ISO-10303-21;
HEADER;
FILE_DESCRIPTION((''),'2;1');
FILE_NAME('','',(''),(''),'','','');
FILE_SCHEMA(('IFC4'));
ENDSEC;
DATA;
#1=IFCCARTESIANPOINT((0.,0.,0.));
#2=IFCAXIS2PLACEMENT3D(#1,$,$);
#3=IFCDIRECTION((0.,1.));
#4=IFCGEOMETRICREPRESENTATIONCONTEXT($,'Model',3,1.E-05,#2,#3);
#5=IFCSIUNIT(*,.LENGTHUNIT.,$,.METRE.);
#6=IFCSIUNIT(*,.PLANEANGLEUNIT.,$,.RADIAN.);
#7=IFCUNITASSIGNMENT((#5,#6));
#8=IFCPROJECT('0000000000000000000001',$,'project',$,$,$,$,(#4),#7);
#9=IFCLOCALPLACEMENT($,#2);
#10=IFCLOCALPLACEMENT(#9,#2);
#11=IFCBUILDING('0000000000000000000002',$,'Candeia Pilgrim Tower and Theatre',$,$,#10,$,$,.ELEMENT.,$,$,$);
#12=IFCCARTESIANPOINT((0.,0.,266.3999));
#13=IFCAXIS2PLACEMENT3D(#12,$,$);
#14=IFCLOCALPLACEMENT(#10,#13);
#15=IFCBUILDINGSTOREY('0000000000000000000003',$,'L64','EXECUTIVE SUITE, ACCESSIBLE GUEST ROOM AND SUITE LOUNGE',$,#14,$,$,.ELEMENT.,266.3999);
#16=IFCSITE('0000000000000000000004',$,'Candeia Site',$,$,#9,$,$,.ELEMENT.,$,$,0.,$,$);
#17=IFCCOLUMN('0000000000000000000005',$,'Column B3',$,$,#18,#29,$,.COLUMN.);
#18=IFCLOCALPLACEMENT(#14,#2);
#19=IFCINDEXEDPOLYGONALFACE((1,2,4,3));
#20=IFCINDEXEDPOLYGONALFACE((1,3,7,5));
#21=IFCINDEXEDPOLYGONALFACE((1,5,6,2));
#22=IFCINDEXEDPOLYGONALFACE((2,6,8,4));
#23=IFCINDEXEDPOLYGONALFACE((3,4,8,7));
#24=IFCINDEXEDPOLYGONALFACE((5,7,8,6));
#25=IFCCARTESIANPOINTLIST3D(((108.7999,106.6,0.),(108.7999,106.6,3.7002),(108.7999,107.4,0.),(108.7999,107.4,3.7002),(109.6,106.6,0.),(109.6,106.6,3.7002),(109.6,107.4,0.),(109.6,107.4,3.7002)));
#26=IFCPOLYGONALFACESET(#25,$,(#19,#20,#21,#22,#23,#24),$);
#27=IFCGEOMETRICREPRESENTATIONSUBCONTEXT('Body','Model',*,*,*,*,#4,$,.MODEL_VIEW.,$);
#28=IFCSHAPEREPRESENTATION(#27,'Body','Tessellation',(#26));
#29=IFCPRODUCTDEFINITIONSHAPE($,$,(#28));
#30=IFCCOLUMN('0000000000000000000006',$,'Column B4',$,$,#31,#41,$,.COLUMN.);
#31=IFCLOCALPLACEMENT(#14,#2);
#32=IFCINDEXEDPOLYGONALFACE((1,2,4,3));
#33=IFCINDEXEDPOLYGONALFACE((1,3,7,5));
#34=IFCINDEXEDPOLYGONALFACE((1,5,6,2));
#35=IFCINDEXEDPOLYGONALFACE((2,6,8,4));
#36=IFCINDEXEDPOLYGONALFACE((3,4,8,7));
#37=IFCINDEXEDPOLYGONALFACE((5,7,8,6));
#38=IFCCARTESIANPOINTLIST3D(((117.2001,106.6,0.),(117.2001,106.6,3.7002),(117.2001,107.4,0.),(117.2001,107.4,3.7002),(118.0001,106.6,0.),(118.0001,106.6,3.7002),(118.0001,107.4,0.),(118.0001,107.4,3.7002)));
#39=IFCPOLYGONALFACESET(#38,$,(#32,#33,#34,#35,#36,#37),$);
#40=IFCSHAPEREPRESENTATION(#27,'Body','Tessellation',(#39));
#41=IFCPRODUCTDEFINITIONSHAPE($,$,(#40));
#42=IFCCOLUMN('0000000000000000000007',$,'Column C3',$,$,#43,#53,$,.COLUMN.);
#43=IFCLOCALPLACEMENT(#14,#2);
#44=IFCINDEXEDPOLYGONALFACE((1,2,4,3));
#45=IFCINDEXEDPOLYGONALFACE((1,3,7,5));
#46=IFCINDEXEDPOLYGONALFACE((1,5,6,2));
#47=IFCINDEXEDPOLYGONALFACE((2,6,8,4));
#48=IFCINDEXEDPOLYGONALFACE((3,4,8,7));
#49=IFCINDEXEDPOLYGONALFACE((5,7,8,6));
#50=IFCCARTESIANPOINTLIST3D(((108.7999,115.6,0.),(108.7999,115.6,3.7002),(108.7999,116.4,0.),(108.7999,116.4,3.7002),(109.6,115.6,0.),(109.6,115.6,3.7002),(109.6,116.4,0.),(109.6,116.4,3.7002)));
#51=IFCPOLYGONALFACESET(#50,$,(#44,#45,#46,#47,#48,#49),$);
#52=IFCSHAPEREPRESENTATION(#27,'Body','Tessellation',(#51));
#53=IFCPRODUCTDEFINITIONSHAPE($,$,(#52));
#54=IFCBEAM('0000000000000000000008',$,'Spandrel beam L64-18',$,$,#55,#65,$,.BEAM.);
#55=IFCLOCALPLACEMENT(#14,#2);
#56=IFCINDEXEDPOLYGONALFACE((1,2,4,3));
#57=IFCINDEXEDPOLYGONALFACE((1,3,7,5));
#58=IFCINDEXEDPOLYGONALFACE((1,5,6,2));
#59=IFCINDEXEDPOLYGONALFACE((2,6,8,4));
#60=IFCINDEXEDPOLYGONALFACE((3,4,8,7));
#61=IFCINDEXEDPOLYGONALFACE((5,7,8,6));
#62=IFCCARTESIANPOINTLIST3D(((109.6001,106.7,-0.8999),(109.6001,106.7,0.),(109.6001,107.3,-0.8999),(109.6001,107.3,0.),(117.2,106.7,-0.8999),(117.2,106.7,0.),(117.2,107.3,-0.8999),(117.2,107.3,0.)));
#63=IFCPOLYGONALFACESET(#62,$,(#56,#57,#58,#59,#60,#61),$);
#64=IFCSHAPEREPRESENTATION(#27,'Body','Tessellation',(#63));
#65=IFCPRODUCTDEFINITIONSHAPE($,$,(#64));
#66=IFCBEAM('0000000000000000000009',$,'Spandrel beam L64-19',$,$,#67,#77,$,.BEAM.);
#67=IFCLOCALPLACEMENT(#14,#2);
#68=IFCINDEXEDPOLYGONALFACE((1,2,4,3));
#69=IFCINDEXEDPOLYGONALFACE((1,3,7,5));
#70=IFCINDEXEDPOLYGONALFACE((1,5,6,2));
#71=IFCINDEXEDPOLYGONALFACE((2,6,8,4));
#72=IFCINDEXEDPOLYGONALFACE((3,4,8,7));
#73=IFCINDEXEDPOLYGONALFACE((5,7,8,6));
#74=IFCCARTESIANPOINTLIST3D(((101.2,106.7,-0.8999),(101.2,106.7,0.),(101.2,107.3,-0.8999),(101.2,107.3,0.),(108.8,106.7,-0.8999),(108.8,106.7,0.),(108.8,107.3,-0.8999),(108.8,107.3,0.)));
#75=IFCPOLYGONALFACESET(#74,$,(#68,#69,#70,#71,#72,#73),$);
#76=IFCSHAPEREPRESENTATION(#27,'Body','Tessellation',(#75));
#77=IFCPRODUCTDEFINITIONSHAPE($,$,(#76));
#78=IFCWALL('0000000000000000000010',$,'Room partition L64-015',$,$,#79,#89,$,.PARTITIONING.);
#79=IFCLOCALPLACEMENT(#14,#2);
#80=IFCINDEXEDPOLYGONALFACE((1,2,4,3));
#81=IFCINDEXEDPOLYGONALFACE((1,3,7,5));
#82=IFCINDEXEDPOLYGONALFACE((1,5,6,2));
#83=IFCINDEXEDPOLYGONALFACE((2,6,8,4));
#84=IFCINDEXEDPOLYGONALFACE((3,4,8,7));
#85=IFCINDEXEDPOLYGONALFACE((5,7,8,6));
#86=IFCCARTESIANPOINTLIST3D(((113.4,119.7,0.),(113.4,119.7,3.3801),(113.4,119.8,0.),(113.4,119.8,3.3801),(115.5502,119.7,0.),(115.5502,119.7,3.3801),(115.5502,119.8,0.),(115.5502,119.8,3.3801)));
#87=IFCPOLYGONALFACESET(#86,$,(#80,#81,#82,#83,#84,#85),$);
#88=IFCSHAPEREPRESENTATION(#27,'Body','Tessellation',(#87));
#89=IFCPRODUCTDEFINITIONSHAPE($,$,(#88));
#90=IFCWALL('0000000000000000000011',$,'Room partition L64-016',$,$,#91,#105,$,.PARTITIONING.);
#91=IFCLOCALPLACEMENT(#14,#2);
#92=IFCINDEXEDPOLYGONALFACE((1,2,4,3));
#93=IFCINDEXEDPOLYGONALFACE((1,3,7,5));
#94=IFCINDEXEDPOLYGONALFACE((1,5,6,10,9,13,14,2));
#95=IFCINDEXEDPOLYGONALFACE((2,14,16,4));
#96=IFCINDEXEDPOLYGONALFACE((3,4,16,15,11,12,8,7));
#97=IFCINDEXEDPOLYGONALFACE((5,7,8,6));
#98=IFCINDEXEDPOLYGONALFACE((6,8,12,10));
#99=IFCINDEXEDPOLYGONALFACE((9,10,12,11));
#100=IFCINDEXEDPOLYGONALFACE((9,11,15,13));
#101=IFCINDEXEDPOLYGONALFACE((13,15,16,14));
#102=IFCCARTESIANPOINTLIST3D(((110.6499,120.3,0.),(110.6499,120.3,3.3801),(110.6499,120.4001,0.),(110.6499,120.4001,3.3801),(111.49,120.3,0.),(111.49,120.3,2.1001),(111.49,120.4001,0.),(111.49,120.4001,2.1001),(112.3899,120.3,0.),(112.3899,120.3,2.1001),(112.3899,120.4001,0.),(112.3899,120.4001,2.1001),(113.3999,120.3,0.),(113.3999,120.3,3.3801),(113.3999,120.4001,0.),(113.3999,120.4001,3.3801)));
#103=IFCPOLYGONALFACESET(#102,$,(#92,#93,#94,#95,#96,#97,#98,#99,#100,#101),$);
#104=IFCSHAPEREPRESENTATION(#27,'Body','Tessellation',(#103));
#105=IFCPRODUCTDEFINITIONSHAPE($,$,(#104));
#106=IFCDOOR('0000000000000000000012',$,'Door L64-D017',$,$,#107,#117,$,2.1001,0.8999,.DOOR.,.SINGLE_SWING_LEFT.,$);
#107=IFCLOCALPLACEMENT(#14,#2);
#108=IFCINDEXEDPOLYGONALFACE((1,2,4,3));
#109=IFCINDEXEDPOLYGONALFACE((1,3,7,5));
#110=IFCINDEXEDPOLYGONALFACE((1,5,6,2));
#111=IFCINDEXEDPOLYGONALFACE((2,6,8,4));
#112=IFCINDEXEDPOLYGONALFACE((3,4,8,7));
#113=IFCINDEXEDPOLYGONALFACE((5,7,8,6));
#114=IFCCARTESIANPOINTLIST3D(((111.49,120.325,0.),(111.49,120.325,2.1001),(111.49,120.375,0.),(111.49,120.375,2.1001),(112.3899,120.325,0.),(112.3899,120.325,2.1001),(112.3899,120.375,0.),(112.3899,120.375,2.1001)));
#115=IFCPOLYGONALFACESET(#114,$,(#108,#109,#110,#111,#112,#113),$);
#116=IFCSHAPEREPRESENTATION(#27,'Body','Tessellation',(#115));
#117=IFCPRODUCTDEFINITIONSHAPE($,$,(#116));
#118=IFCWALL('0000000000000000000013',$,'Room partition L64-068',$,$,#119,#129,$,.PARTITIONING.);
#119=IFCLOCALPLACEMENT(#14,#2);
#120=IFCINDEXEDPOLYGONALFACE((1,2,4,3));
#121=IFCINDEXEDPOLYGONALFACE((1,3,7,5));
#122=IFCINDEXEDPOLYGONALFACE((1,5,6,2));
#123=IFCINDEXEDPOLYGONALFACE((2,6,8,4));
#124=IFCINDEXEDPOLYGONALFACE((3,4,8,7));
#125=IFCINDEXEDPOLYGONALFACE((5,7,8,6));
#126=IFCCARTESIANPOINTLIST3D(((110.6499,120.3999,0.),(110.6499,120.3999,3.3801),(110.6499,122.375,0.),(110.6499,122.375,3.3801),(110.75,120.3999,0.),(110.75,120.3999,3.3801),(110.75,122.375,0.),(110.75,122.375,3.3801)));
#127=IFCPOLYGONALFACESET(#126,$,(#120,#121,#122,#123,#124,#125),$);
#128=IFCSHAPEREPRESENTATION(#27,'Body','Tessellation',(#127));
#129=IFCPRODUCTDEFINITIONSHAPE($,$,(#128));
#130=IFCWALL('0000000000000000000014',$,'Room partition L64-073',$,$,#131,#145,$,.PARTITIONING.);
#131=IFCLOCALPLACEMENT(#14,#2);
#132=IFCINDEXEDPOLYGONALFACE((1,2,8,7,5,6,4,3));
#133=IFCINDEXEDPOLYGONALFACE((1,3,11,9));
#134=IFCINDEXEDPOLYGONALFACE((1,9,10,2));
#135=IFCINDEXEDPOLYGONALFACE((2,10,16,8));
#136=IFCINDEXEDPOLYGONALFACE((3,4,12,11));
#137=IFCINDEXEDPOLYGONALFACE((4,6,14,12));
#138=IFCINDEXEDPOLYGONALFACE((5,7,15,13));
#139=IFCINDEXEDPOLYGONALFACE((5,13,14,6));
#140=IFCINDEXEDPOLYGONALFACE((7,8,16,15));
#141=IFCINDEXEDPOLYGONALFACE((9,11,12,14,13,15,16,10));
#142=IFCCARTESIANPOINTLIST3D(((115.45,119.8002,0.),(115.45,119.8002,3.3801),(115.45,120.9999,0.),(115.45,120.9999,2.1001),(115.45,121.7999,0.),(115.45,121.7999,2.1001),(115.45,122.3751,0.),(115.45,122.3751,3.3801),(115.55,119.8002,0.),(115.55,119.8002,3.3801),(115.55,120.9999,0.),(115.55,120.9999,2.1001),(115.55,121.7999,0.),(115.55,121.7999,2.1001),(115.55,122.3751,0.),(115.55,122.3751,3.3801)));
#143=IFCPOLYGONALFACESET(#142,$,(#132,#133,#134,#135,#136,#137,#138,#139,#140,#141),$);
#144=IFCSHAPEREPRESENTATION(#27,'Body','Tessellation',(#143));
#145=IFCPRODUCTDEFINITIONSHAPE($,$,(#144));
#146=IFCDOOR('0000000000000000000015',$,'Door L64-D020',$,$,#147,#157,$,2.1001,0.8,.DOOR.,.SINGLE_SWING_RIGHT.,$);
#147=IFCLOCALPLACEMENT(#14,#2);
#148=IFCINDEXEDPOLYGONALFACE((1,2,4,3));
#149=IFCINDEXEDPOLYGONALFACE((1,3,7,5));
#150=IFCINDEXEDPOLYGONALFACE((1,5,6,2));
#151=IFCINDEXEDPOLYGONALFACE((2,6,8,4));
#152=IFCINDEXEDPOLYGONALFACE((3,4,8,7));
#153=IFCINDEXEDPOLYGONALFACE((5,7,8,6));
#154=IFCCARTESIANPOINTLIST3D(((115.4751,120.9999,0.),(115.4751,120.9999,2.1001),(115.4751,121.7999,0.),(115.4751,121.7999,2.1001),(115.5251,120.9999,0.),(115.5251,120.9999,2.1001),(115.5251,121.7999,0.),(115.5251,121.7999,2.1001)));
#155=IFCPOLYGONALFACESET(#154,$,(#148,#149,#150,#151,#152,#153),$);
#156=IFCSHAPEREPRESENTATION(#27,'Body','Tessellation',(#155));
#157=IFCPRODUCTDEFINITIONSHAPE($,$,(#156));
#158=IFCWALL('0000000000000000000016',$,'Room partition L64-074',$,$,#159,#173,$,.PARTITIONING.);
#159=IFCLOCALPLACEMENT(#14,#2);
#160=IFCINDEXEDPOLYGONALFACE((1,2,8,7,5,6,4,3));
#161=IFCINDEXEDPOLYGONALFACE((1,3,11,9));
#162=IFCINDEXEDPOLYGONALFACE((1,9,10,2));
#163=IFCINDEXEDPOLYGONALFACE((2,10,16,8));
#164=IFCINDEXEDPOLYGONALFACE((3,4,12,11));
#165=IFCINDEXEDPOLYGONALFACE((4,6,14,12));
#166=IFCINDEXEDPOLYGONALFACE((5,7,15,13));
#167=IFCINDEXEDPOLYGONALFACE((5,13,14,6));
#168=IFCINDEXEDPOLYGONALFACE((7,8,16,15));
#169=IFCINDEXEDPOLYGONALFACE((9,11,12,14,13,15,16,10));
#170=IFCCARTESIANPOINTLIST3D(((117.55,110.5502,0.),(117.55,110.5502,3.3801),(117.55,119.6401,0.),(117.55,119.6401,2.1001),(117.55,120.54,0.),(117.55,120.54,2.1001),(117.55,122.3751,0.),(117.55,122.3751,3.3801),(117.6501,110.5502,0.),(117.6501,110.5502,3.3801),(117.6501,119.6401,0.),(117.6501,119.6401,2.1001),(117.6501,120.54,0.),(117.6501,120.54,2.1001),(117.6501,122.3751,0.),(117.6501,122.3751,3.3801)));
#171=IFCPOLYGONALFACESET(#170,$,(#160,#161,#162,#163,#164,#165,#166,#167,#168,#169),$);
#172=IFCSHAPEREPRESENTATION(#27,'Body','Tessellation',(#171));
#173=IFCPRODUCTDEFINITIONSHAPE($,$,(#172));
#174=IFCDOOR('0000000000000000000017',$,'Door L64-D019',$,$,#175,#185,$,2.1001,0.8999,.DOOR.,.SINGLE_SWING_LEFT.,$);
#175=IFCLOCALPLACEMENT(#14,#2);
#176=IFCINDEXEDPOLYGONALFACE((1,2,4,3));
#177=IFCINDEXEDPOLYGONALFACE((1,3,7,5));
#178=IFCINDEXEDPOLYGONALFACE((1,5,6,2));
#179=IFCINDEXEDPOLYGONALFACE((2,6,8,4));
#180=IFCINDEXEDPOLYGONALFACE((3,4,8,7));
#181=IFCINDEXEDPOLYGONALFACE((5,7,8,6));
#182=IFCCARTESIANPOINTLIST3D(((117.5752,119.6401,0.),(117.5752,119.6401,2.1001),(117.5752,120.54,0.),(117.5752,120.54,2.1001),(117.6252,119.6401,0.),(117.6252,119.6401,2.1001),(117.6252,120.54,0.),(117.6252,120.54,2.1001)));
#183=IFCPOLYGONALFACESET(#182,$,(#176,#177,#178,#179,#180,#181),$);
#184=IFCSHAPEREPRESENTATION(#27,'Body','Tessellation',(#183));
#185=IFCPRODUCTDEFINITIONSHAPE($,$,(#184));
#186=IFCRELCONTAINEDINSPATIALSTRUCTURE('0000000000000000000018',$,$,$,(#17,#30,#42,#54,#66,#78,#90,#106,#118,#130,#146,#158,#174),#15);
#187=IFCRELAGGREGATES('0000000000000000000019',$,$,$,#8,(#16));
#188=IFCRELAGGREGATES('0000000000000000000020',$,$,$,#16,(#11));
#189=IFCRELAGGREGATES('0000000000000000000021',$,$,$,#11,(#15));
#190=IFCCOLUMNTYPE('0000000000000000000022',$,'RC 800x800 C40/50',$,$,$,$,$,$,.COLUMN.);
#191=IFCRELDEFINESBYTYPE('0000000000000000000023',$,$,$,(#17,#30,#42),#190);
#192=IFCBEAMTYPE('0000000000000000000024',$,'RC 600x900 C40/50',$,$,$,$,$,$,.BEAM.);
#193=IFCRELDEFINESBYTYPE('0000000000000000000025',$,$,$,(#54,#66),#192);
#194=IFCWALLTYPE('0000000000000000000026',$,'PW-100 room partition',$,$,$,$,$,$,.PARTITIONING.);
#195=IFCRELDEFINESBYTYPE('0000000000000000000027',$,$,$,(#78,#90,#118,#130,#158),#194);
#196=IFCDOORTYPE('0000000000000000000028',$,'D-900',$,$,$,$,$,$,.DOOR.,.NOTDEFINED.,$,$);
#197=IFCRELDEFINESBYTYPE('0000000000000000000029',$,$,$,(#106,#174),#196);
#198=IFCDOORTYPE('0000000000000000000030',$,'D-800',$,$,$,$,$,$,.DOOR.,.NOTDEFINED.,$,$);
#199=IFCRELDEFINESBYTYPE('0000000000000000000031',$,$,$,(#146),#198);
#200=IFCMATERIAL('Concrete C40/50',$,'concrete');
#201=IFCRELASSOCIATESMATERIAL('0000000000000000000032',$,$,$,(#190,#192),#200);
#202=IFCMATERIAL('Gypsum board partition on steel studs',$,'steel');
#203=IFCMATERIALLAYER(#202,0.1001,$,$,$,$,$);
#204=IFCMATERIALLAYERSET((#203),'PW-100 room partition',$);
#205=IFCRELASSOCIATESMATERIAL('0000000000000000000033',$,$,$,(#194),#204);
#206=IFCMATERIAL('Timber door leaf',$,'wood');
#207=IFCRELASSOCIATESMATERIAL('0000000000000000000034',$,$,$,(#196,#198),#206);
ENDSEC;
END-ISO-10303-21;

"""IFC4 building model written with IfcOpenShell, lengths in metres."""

from ifc_helpers import new_model, si_unit, direction, frame, frame_2d, origin, origin_2d, place, context, subcontext, project, spatial, rectangle, extrude, material, layer, layer_set, material_profile, profile_set, type_object, element, fill, save


model = new_model("IFC4")

# Units and contexts
model_context = context("Model", 3, precision=1e-05, world=origin(), true_north=direction((0.0, 1.0)))
body_context = subcontext(model_context, "Body", "Model", "MODEL_VIEW")
ifc_project = project(units=[si_unit("LENGTHUNIT", "METRE"), si_unit("PLANEANGLEUNIT", "RADIAN")], contexts=[model_context])

# Site, building, storey
site_placement = place(None, origin())
site = spatial("IfcSite", under=ifc_project, at=site_placement, Name="Candeia Site", CompositionType="ELEMENT", RefElevation=0.0)
building_placement = place(site_placement, origin())
building = spatial("IfcBuilding", under=site, at=building_placement, Name="Candeia Pilgrim Tower and Theatre", CompositionType="ELEMENT")
storey_placement = place(building_placement, frame((0.0, 0.0, 266.3999)))
storey = spatial("IfcBuildingStorey", under=building, at=storey_placement, Name="L64", Description="EXECUTIVE SUITE, ACCESSIBLE GUEST ROOM AND SUITE LOUNGE", CompositionType="ELEMENT", Elevation=266.3999)

# Columns
ifc_material_1 = material(Name="Concrete C40/50", Category="concrete")
ifc_material_profile_1 = material_profile(ifc_material_1, rectangle(XDim=0.8, YDim=0.8, at=origin_2d()))
ifc_profile_set_1 = profile_set([ifc_material_profile_1], Name="Concrete C40/50")
column_type = type_object("IfcColumnType", Name="RC 800x800 C40/50", PredefinedType="COLUMN", material=ifc_profile_set_1)
for number, where, z_axis, x_axis, name in (
    (1, (109.2, 107.0, 0.0), (0.0, 0.0, 1.0), (1.0, 0.0, 0.0), "Column B3"),
    (2, (117.6001, 107.0, 0.0), (0.0, 0.0, 1.0), (1.0, 0.0, 0.0), "Column B4"),
    (3, (109.2, 116.0, 0.0), (0.0, 0.0, 1.0), (1.0, 0.0, 0.0), "Column C3"),
):
    element("IfcColumn", number, at=place(storey_placement, frame(where, z_axis=z_axis, x_axis=x_axis)), inside=storey, type_object=column_type, Name=name, PredefinedType="COLUMN", context=body_context, shape_type="SweptSolid", body=[
        extrude(rectangle(XDim=0.8, YDim=0.8, at=origin_2d()), origin(), (0.0, 0.0, 1.0), 3.7002),
    ])

# Beams
ifc_material_profile_2 = material_profile(ifc_material_1, rectangle(XDim=0.6001, YDim=0.8999, at=origin_2d()))
ifc_profile_set_2 = profile_set([ifc_material_profile_2], Name="Concrete C40/50")
beam_type = type_object("IfcBeamType", Name="RC 600x900 C40/50", PredefinedType="BEAM", material=ifc_profile_set_2)
beam_1_placement = place(storey_placement, frame((117.2, 107.0, -0.45), z_axis=(-1.0, 0.0, 0.0), x_axis=(0.0, -1.0, 0.0)))
element("IfcBeam", 4, at=beam_1_placement, inside=storey, type_object=beam_type, Name="Spandrel beam L64-18", PredefinedType="BEAM", context=body_context, shape_type="SweptSolid", body=[
    extrude(rectangle(XDim=0.6001, YDim=0.8999, at=origin_2d()), origin(), (0.0, 0.0, 1.0), 7.5999),
])
beam_2_placement = place(storey_placement, frame((108.8, 107.0, -0.45), z_axis=(-1.0, 0.0, 0.0), x_axis=(0.0, -1.0, 0.0)))
element("IfcBeam", 5, at=beam_2_placement, inside=storey, type_object=beam_type, Name="Spandrel beam L64-19", PredefinedType="BEAM", context=body_context, shape_type="SweptSolid", body=[
    extrude(rectangle(XDim=0.6001, YDim=0.8999, at=origin_2d()), origin(), (0.0, 0.0, 1.0), 7.6001),
])

# Wall
ifc_material_2 = material(Name="Gypsum board partition on steel studs", Category="steel")
ifc_layer_1 = layer(ifc_material_2, 0.1001)
ifc_layer_set_1 = layer_set([ifc_layer_1], Name="PW-100 room partition")
wall_type_1 = type_object("IfcWallType", Name="PW-100 room partition", PredefinedType="PARTITIONING", material=ifc_layer_set_1)
wall_1_placement = place(storey_placement, frame((113.3999, 119.75, 0.0), z_axis=(0.0, 0.0, 1.0), x_axis=(1.0, 0.0, 0.0)))
element("IfcWall", 6, at=wall_1_placement, inside=storey, type_object=wall_type_1, Name="Room partition L64-015", PredefinedType="PARTITIONING", context=body_context, shape_type="SweptSolid", body=[
    extrude(rectangle(XDim=2.1501, YDim=0.1001, at=frame_2d((1.0752, 0.0))), origin(), (0.0, 0.0, 1.0), 3.3801),
])

# Wall, opening, door
wall_2_placement = place(storey_placement, frame((110.6499, 120.3501, 0.0), z_axis=(0.0, 0.0, 1.0), x_axis=(1.0, 0.0, 0.0)))
wall_2 = element("IfcWall", 7, at=wall_2_placement, inside=storey, type_object=wall_type_1, Name="Room partition L64-016", PredefinedType="PARTITIONING", context=body_context, shape_type="SweptSolid", body=[
    extrude(rectangle(XDim=2.75, YDim=0.1001, at=frame_2d((1.375, 0.0))), origin(), (0.0, 0.0, 1.0), 3.3801),
])
opening_1_placement = place(wall_2_placement, frame((0.8401, 0.0, 0.0)))
opening_1 = element("IfcOpeningElement", 8, at=opening_1_placement, cuts=wall_2, PredefinedType="OPENING", context=body_context, shape_type="SweptSolid", body=[
    extrude(rectangle(XDim=0.8999, YDim=2.1001, at=frame_2d((0.45, 1.05))), frame((0.0, 0.0601, 0.0), z_axis=(0.0, -1.0, 0.0), x_axis=(1.0, 0.0, 0.0)), (0.0, 0.0, 1.0), 0.1201),
])
ifc_material_3 = material(Name="Timber door leaf", Category="wood")
door_type_1 = type_object("IfcDoorType", Name="D-900", OperationType="NOTDEFINED", PredefinedType="DOOR", material=ifc_material_3)
door_1_placement = place(opening_1_placement, origin())
door_1 = element("IfcDoor", 9, at=door_1_placement, inside=storey, type_object=door_type_1, Name="Door L64-D017", OperationType="SINGLE_SWING_LEFT", OverallHeight=2.1001, OverallWidth=0.8999, PredefinedType="DOOR", context=body_context, shape_type="SweptSolid", body=[
    extrude(rectangle(XDim=0.8999, YDim=2.1001, at=frame_2d((0.45, 1.05))), frame((0.0, 0.0249, 0.0), z_axis=(0.0, -1.0, 0.0), x_axis=(1.0, 0.0, 0.0)), (0.0, 0.0, 1.0), 0.05),
])
fill(opening_1, door_1)

# Wall
wall_3_placement = place(storey_placement, frame((110.7, 120.3999, 0.0), z_axis=(0.0, 0.0, 1.0), x_axis=(0.0, 1.0, 0.0)))
element("IfcWall", 10, at=wall_3_placement, inside=storey, type_object=wall_type_1, Name="Room partition L64-068", PredefinedType="PARTITIONING", context=body_context, shape_type="SweptSolid", body=[
    extrude(rectangle(XDim=1.9751, YDim=0.1001, at=frame_2d((0.9875, 0.0))), origin(), (0.0, 0.0, 1.0), 3.3801),
])

# Walls, openings, doors
wall_4_placement = place(storey_placement, frame((115.5, 119.8, 0.0), z_axis=(0.0, 0.0, 1.0), x_axis=(0.0, 1.0, 0.0)))
wall_4 = element("IfcWall", 11, at=wall_4_placement, inside=storey, type_object=wall_type_1, Name="Room partition L64-073", PredefinedType="PARTITIONING", context=body_context, shape_type="SweptSolid", body=[
    extrude(rectangle(XDim=2.575, YDim=0.1001, at=frame_2d((1.2876, 0.0))), origin(), (0.0, 0.0, 1.0), 3.3801),
])
opening_2_placement = place(wall_4_placement, frame((1.2, 0.0, 0.0)))
opening_2 = element("IfcOpeningElement", 12, at=opening_2_placement, cuts=wall_4, PredefinedType="OPENING", context=body_context, shape_type="SweptSolid", body=[
    extrude(rectangle(XDim=0.8, YDim=2.1001, at=frame_2d((0.3999, 1.05))), frame((0.0, 0.0601, 0.0), z_axis=(0.0, -1.0, 0.0), x_axis=(1.0, 0.0, 0.0)), (0.0, 0.0, 1.0), 0.1201),
])
door_type_2 = type_object("IfcDoorType", Name="D-800", OperationType="NOTDEFINED", PredefinedType="DOOR", material=ifc_material_3)
door_2_placement = place(opening_2_placement, origin())
door_2 = element("IfcDoor", 13, at=door_2_placement, inside=storey, type_object=door_type_2, Name="Door L64-D020", OperationType="SINGLE_SWING_RIGHT", OverallHeight=2.1001, OverallWidth=0.8, PredefinedType="DOOR", context=body_context, shape_type="SweptSolid", body=[
    extrude(rectangle(XDim=0.8, YDim=2.1001, at=frame_2d((0.3999, 1.05))), frame((0.0, 0.0249, 0.0), z_axis=(0.0, -1.0, 0.0), x_axis=(1.0, 0.0, 0.0)), (0.0, 0.0, 1.0), 0.05),
])
fill(opening_2, door_2)
wall_5_placement = place(storey_placement, frame((117.6001, 110.55, 0.0), z_axis=(0.0, 0.0, 1.0), x_axis=(0.0, 1.0, 0.0)))
wall_5 = element("IfcWall", 14, at=wall_5_placement, inside=storey, type_object=wall_type_1, Name="Room partition L64-074", PredefinedType="PARTITIONING", context=body_context, shape_type="SweptSolid", body=[
    extrude(rectangle(XDim=11.825, YDim=0.1001, at=frame_2d((5.9126, 0.0))), origin(), (0.0, 0.0, 1.0), 3.3801),
])
opening_3_placement = place(wall_5_placement, frame((9.0901, 0.0, 0.0)))
opening_3 = element("IfcOpeningElement", 15, at=opening_3_placement, cuts=wall_5, PredefinedType="OPENING", context=body_context, shape_type="SweptSolid", body=[
    extrude(rectangle(XDim=0.8999, YDim=2.1001, at=frame_2d((0.45, 1.05))), frame((0.0, 0.0601, 0.0), z_axis=(0.0, -1.0, 0.0), x_axis=(1.0, 0.0, 0.0)), (0.0, 0.0, 1.0), 0.1201),
])
door_3_placement = place(opening_3_placement, origin())
door_3 = element("IfcDoor", 16, at=door_3_placement, inside=storey, type_object=door_type_1, Name="Door L64-D019", OperationType="SINGLE_SWING_LEFT", OverallHeight=2.1001, OverallWidth=0.8999, PredefinedType="DOOR", context=body_context, shape_type="SweptSolid", body=[
    extrude(rectangle(XDim=0.8999, YDim=2.1001, at=frame_2d((0.45, 1.05))), frame((0.0, 0.0249, 0.0), z_axis=(0.0, -1.0, 0.0), x_axis=(1.0, 0.0, 0.0)), (0.0, 0.0, 1.0), 0.05),
])
fill(opening_3, door_3)

save(model, "model.ifc")
